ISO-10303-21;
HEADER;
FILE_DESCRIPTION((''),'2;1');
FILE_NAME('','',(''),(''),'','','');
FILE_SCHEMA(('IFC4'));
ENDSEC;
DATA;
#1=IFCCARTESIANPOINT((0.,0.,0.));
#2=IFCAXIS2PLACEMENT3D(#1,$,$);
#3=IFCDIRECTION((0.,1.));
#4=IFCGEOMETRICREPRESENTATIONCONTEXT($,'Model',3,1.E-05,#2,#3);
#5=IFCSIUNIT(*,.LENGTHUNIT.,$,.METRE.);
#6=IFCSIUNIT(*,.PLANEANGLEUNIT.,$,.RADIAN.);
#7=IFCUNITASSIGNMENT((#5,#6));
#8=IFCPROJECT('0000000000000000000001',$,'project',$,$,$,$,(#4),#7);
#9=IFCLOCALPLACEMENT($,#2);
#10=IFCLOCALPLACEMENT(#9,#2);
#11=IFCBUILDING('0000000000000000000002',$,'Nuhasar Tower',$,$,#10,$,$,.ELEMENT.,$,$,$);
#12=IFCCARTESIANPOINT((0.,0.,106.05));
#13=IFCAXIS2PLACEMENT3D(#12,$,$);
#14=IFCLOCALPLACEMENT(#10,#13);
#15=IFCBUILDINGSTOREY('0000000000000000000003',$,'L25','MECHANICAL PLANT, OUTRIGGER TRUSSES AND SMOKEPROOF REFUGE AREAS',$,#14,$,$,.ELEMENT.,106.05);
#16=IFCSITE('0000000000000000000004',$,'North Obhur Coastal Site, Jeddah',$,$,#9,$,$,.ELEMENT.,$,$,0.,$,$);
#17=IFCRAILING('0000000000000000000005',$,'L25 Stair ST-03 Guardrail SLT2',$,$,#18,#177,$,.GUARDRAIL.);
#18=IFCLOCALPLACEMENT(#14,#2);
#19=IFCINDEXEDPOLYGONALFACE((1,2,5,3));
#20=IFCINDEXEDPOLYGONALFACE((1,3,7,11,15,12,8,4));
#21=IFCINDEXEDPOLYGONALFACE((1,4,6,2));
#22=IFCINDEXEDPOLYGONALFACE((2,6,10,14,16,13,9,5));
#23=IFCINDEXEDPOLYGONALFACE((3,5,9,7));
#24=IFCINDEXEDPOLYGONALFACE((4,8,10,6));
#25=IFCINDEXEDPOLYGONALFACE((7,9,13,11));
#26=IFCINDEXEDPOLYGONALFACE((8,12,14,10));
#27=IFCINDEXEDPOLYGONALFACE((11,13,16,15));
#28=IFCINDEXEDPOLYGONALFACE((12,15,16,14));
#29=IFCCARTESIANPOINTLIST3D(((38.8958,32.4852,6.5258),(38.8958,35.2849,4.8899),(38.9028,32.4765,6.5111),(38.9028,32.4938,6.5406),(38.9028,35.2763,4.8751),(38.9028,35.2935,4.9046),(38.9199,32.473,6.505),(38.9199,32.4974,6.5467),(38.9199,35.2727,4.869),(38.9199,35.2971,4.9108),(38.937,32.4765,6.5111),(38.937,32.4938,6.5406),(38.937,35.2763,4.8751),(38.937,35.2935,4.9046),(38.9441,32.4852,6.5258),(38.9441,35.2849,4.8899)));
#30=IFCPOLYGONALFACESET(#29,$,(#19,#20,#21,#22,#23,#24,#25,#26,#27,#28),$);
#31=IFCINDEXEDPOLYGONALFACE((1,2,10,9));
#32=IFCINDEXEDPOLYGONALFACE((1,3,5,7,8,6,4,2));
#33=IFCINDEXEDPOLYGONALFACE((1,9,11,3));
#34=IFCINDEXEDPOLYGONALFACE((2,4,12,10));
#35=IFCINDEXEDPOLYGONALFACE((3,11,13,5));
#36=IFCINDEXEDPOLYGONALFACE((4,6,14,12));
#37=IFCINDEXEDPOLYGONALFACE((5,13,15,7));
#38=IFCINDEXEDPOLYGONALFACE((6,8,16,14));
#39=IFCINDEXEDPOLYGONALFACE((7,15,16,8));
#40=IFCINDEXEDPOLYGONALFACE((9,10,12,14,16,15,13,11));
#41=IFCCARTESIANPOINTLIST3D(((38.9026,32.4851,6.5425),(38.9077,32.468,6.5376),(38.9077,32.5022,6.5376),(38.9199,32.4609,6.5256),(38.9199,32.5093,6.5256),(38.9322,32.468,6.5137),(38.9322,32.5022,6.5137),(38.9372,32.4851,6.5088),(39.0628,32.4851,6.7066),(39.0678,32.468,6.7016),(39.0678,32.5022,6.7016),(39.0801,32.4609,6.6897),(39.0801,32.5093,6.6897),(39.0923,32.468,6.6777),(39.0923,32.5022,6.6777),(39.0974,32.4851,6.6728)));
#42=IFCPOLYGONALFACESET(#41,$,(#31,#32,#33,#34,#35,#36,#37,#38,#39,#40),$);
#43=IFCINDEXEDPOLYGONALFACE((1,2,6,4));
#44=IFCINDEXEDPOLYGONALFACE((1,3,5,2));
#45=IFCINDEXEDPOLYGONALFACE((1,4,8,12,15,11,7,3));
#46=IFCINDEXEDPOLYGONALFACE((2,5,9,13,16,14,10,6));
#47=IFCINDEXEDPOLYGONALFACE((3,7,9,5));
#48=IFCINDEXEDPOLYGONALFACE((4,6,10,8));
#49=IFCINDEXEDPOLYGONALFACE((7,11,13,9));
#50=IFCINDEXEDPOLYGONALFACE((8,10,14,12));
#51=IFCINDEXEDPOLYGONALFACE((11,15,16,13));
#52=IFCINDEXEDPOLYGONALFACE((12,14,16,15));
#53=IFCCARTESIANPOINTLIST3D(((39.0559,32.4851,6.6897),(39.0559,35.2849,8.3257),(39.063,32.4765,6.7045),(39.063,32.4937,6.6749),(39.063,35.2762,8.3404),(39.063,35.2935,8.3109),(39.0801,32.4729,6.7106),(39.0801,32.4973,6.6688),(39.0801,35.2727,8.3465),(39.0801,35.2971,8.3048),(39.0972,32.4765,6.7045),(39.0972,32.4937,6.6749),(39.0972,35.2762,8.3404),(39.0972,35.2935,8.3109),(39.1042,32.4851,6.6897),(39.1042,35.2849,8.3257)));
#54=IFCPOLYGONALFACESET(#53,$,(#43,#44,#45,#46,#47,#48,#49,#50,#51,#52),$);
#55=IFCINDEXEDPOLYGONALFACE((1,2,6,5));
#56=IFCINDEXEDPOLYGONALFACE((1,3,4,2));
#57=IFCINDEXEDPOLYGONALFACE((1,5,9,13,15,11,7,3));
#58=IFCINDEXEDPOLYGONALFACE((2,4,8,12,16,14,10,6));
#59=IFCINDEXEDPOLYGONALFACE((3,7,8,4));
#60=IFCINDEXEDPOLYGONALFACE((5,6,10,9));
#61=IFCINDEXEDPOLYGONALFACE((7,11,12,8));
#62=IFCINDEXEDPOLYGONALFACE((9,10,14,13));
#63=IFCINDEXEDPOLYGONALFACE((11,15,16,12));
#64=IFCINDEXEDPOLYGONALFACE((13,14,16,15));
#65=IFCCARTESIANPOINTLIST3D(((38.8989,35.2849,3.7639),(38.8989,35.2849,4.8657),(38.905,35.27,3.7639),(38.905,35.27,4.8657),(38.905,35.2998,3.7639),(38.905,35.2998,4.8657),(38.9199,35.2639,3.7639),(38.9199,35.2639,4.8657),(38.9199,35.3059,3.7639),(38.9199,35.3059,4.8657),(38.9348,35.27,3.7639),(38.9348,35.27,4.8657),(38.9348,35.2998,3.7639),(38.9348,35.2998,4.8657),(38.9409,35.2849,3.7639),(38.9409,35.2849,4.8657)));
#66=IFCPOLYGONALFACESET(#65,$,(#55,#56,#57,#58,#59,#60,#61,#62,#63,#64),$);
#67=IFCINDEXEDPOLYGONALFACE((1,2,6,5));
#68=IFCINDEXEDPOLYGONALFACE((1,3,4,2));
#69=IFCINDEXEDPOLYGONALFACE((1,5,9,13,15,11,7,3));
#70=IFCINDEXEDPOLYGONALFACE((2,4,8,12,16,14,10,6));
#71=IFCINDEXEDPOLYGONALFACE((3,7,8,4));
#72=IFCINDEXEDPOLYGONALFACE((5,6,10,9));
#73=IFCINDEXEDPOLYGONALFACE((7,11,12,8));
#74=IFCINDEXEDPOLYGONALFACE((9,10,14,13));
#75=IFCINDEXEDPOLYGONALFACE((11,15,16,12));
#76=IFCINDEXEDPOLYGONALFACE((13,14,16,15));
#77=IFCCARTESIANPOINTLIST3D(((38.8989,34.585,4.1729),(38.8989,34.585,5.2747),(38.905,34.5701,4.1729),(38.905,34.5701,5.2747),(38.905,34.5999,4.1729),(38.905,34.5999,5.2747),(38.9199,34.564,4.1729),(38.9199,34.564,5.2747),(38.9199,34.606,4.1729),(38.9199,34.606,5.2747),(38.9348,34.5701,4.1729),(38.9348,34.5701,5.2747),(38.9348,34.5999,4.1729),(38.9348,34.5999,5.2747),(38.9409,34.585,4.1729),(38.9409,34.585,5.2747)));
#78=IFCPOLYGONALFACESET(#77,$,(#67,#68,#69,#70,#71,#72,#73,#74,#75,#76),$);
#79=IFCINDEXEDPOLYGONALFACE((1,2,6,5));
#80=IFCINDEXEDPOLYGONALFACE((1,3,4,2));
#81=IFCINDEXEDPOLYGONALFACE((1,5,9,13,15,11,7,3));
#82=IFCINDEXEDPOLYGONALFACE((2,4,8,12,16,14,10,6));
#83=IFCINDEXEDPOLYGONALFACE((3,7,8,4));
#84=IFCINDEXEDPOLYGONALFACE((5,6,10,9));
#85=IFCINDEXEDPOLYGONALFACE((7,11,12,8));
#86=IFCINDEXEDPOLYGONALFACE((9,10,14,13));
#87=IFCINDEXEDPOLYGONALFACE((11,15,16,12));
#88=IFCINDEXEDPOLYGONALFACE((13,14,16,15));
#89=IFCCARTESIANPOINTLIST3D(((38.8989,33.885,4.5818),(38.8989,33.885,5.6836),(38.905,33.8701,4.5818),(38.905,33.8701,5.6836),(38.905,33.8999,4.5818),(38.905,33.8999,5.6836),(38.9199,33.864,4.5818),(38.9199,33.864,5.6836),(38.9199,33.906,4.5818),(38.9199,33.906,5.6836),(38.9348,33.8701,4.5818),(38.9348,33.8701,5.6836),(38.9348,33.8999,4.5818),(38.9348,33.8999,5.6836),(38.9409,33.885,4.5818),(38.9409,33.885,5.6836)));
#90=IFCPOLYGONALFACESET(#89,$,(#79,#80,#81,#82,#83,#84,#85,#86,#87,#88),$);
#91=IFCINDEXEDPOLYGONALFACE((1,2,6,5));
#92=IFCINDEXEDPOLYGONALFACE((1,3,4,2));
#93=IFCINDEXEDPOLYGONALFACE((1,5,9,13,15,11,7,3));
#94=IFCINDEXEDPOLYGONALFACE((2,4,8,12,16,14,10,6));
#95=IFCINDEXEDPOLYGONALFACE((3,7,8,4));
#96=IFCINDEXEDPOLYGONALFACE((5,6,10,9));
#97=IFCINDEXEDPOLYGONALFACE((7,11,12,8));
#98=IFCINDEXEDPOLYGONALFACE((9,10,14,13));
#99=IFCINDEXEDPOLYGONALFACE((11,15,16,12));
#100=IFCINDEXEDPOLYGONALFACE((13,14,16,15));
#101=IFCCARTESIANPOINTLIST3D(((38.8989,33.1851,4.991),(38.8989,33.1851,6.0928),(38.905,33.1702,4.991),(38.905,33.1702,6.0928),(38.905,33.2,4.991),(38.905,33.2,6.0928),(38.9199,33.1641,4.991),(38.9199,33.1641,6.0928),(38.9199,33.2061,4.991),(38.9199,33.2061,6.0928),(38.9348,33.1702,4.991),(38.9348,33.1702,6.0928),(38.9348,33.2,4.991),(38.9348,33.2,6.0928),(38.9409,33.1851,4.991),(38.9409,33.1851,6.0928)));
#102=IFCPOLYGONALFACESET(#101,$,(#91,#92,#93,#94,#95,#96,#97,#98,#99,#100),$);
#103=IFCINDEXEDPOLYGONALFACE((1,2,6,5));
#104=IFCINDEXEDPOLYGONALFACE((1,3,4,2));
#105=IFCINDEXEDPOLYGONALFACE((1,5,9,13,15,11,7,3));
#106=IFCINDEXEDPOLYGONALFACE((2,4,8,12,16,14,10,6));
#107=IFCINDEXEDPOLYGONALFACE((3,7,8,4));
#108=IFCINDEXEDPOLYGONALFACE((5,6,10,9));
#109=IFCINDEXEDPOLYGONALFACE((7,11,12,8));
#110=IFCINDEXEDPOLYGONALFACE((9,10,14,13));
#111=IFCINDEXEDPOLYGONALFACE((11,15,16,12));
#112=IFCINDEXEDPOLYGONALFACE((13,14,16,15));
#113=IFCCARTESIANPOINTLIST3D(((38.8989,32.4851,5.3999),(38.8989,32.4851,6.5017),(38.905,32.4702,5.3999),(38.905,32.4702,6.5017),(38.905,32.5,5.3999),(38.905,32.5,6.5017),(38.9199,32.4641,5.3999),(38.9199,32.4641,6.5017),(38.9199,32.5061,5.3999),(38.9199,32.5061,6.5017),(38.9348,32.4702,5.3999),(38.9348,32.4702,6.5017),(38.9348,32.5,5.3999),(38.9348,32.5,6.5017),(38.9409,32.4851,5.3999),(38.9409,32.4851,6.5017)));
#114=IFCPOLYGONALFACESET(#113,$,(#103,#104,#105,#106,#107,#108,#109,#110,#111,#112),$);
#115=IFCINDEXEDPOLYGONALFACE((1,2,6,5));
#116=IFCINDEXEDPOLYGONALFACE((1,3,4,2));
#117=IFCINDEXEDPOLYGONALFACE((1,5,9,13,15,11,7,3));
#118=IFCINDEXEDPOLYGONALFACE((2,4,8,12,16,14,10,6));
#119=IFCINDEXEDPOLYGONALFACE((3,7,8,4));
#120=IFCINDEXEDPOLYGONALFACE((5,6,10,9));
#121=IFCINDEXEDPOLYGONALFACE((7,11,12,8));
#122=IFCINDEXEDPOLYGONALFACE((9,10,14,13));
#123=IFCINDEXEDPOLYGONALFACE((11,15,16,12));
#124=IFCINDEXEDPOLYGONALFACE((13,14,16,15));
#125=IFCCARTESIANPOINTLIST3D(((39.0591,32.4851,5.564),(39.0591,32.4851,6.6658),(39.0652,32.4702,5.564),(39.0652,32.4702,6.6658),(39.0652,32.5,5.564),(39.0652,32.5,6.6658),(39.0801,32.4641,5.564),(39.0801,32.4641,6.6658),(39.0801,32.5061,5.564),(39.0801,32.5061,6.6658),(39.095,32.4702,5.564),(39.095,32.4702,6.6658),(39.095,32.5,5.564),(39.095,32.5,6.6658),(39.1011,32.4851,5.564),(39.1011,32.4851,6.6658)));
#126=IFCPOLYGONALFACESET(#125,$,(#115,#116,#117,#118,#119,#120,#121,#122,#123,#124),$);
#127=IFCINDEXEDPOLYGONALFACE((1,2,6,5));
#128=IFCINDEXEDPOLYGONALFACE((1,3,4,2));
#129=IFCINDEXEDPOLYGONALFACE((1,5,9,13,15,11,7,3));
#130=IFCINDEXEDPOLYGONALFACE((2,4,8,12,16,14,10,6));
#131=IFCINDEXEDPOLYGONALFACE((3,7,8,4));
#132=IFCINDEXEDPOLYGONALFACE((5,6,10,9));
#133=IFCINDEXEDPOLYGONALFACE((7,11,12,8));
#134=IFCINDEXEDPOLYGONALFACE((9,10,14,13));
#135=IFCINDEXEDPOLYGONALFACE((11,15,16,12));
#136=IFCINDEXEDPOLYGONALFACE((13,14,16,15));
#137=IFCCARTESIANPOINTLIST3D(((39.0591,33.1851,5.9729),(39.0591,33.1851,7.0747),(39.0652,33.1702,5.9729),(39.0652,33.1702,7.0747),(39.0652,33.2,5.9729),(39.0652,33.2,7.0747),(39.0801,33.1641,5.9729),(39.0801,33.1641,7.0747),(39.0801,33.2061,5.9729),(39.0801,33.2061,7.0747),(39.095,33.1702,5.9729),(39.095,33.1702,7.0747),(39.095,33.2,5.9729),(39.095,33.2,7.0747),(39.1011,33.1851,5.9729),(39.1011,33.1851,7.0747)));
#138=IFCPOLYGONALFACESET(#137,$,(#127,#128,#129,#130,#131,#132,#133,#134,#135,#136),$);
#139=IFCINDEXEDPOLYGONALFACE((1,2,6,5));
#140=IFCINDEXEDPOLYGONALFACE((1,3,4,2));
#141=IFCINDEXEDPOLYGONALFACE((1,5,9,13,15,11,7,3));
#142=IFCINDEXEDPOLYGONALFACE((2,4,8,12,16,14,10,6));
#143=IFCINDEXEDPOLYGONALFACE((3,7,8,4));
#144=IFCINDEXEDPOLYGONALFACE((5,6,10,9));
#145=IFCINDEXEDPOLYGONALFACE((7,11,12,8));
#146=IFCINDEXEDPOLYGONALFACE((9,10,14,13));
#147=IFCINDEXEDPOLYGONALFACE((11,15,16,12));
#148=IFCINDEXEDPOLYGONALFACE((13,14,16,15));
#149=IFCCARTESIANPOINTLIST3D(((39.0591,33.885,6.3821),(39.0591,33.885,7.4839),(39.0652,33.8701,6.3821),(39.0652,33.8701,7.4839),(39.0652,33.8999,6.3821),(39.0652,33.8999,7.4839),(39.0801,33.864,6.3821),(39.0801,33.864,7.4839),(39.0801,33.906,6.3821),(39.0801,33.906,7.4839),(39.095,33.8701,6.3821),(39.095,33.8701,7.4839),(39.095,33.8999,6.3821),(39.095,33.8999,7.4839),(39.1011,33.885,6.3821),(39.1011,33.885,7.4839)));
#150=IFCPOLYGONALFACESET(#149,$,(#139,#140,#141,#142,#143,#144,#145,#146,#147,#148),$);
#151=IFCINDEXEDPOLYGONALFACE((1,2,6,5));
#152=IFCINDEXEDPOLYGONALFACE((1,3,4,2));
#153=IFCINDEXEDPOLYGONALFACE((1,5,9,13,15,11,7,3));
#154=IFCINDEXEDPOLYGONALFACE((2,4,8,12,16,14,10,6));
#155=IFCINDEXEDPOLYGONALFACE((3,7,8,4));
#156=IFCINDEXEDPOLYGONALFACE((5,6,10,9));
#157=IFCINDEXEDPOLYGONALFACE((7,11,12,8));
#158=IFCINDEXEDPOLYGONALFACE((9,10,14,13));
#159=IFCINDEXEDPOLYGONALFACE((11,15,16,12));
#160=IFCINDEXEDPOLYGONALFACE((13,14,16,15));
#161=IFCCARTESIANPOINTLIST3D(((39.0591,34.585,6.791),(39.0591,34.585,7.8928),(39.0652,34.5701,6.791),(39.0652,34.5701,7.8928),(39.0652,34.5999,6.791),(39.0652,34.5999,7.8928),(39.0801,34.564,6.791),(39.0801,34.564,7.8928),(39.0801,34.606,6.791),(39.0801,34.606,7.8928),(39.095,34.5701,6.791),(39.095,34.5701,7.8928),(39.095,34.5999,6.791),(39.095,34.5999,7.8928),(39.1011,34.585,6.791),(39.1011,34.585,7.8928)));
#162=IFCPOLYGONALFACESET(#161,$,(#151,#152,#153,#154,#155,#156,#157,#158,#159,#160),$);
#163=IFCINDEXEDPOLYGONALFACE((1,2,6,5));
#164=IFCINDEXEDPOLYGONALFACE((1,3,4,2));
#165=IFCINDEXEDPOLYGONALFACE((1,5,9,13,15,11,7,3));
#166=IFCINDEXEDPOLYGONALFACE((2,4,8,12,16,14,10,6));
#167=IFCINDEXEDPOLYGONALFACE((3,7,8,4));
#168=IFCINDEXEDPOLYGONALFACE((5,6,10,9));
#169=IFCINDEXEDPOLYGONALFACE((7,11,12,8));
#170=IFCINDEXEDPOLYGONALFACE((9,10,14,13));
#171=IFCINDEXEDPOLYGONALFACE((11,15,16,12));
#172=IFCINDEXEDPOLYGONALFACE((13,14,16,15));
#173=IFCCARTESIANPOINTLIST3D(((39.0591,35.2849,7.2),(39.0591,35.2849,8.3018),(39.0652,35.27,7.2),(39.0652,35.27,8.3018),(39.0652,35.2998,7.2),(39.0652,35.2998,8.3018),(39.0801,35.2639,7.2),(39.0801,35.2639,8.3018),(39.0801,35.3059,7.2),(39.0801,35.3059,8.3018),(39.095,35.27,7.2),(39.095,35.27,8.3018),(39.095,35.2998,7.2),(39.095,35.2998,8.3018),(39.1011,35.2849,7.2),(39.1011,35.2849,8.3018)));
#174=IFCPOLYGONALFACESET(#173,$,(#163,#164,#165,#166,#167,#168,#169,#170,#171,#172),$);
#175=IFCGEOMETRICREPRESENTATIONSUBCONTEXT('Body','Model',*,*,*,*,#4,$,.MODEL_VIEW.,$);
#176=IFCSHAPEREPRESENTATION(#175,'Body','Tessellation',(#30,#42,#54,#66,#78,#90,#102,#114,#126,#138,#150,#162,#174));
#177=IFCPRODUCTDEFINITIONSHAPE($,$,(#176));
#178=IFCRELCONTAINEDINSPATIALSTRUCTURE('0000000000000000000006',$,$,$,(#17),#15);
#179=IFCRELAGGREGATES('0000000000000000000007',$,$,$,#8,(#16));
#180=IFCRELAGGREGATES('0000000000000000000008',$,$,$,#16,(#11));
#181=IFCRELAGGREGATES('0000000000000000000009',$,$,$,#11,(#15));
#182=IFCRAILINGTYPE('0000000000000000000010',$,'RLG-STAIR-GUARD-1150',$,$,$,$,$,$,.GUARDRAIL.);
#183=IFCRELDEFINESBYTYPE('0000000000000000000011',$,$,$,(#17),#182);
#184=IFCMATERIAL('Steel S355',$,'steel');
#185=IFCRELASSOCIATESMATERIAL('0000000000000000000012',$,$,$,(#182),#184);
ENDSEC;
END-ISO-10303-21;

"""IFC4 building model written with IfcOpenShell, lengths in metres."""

from ifc_helpers import new_model, si_unit, direction, frame, origin, place, context, subcontext, project, spatial, polyline, outline, extrude, material, type_object, element, save


model = new_model("IFC4")

# Units and contexts
model_context = context("Model", 3, precision=1e-05, world=origin(), true_north=direction((0.0, 1.0)))
body_context = subcontext(model_context, "Body", "Model", "MODEL_VIEW")
ifc_project = project(units=[si_unit("LENGTHUNIT", "METRE"), si_unit("PLANEANGLEUNIT", "RADIAN")], contexts=[model_context])

# Site, building, storey
site_placement = place(None, origin())
site = spatial("IfcSite", under=ifc_project, at=site_placement, Name="North Obhur Coastal Site, Jeddah", CompositionType="ELEMENT", RefElevation=0.0)
building_placement = place(site_placement, origin())
building = spatial("IfcBuilding", under=site, at=building_placement, Name="Nuhasar Tower", CompositionType="ELEMENT")
storey_placement = place(building_placement, frame((0.0, 0.0, 106.05)))
storey = spatial("IfcBuildingStorey", under=building, at=storey_placement, Name="L25", Description="MECHANICAL PLANT, OUTRIGGER TRUSSES AND SMOKEPROOF REFUGE AREAS", CompositionType="ELEMENT", Elevation=106.05)

# Shared definitions
ifc_material_1 = material(Name="Steel S355", Category="steel")

# Railing
railing_type_1 = type_object("IfcRailingType", Name="RLG-STAIR-GUARD-1150", PredefinedType="GUARDRAIL", material=ifc_material_1)
railing_1_placement = place(storey_placement, frame((38.9199, 35.2849, 3.7639)))
element("IfcRailing", 1, at=railing_1_placement, inside=storey, type_object=railing_type_1, Name="L25 Stair ST-03 Guardrail SLT2", PredefinedType="GUARDRAIL", context=body_context, shape_type="SweptSolid", body=[
    extrude(outline(polyline([(0.0242, 0.0), (0.0171, 0.0171), (0.0, 0.0242), (-0.0171, 0.0171), (-0.0242, 0.0), (-0.0171, -0.0171), (0.0, -0.0242), (0.0171, -0.0171), (0.0242, 0.0)])), frame((0.0, 0.0, 1.126), z_axis=(0.0, -0.863407, 0.504508), x_axis=(1.0, 0.0, 0.0)), (0.0, 0.0, 1.0), 3.2427),
    extrude(outline(polyline([(0.0242, 0.0), (0.0171, 0.0171), (0.0, 0.0242), (-0.0171, 0.0171), (-0.0242, 0.0), (-0.0171, -0.0171), (0.0, -0.0242), (0.0171, -0.0171), (0.0242, 0.0)])), frame((0.0, -2.7998, 2.7617), z_axis=(0.698537, 0.0, 0.715574), x_axis=(0.0, 1.0, 0.0)), (0.0, 0.0, 1.0), 0.2292),
    extrude(outline(polyline([(0.0242, 0.0), (0.0171, 0.0171), (0.0, 0.0242), (-0.0171, 0.0171), (-0.0242, 0.0), (-0.0171, -0.0171), (0.0, -0.0242), (0.0171, -0.0171), (0.0242, 0.0)])), frame((0.1602, -2.7998, 2.9258), z_axis=(0.0, 0.863407, 0.504508), x_axis=(-1.0, 0.0, 0.0)), (0.0, 0.0, 1.0), 3.2427),
    extrude(outline(polyline([(0.021, 0.0), (0.0149, 0.0149), (0.0, 0.021), (-0.0149, 0.0149), (-0.021, 0.0), (-0.0149, -0.0149), (0.0, -0.021), (0.0149, -0.0149), (0.021, 0.0)])), origin(), (0.0, 0.0, 1.0), 1.1018),
    extrude(outline(polyline([(0.021, 0.0), (0.0149, 0.0149), (0.0, 0.021), (-0.0149, 0.0149), (-0.021, 0.0), (-0.0149, -0.0149), (0.0, -0.021), (0.0149, -0.0149), (0.021, 0.0)])), frame((0.0, -0.7, 0.4089)), (0.0, 0.0, 1.0), 1.1018),
    extrude(outline(polyline([(0.021, 0.0), (0.0149, 0.0149), (0.0, 0.021), (-0.0149, 0.0149), (-0.021, 0.0), (-0.0149, -0.0149), (0.0, -0.021), (0.0149, -0.0149), (0.021, 0.0)])), frame((0.0, -1.3999, 0.8179)), (0.0, 0.0, 1.0), 1.1018),
    extrude(outline(polyline([(0.021, 0.0), (0.0149, 0.0149), (0.0, 0.021), (-0.0149, 0.0149), (-0.021, 0.0), (-0.0149, -0.0149), (0.0, -0.021), (0.0149, -0.0149), (0.021, 0.0)])), frame((0.0, -2.0999, 1.2271)), (0.0, 0.0, 1.0), 1.1018),
    extrude(outline(polyline([(0.021, 0.0), (0.0149, 0.0149), (0.0, 0.021), (-0.0149, 0.0149), (-0.021, 0.0), (-0.0149, -0.0149), (0.0, -0.021), (0.0149, -0.0149), (0.021, 0.0)])), frame((0.0, -2.7998, 1.636)), (0.0, 0.0, 1.0), 1.1018),
    extrude(outline(polyline([(0.021, 0.0), (0.0149, 0.0149), (0.0, 0.021), (-0.0149, 0.0149), (-0.021, 0.0), (-0.0149, -0.0149), (0.0, -0.021), (0.0149, -0.0149), (0.021, 0.0)])), frame((0.1602, -2.7998, 1.8)), (0.0, 0.0, 1.0), 1.1018),
    extrude(outline(polyline([(0.021, 0.0), (0.0149, 0.0149), (0.0, 0.021), (-0.0149, 0.0149), (-0.021, 0.0), (-0.0149, -0.0149), (0.0, -0.021), (0.0149, -0.0149), (0.021, 0.0)])), frame((0.1602, -2.0999, 2.209)), (0.0, 0.0, 1.0), 1.1018),
    extrude(outline(polyline([(0.021, 0.0), (0.0149, 0.0149), (0.0, 0.021), (-0.0149, 0.0149), (-0.021, 0.0), (-0.0149, -0.0149), (0.0, -0.021), (0.0149, -0.0149), (0.021, 0.0)])), frame((0.1602, -1.3999, 2.6182)), (0.0, 0.0, 1.0), 1.1018),
    extrude(outline(polyline([(0.021, 0.0), (0.0149, 0.0149), (0.0, 0.021), (-0.0149, 0.0149), (-0.021, 0.0), (-0.0149, -0.0149), (0.0, -0.021), (0.0149, -0.0149), (0.021, 0.0)])), frame((0.1602, -0.7, 3.0271)), (0.0, 0.0, 1.0), 1.1018),
    extrude(outline(polyline([(0.021, 0.0), (0.0149, 0.0149), (0.0, 0.021), (-0.0149, 0.0149), (-0.021, 0.0), (-0.0149, -0.0149), (0.0, -0.021), (0.0149, -0.0149), (0.021, 0.0)])), frame((0.1602, 0.0, 3.436)), (0.0, 0.0, 1.0), 1.1018),
])

save(model, "model.ifc")
